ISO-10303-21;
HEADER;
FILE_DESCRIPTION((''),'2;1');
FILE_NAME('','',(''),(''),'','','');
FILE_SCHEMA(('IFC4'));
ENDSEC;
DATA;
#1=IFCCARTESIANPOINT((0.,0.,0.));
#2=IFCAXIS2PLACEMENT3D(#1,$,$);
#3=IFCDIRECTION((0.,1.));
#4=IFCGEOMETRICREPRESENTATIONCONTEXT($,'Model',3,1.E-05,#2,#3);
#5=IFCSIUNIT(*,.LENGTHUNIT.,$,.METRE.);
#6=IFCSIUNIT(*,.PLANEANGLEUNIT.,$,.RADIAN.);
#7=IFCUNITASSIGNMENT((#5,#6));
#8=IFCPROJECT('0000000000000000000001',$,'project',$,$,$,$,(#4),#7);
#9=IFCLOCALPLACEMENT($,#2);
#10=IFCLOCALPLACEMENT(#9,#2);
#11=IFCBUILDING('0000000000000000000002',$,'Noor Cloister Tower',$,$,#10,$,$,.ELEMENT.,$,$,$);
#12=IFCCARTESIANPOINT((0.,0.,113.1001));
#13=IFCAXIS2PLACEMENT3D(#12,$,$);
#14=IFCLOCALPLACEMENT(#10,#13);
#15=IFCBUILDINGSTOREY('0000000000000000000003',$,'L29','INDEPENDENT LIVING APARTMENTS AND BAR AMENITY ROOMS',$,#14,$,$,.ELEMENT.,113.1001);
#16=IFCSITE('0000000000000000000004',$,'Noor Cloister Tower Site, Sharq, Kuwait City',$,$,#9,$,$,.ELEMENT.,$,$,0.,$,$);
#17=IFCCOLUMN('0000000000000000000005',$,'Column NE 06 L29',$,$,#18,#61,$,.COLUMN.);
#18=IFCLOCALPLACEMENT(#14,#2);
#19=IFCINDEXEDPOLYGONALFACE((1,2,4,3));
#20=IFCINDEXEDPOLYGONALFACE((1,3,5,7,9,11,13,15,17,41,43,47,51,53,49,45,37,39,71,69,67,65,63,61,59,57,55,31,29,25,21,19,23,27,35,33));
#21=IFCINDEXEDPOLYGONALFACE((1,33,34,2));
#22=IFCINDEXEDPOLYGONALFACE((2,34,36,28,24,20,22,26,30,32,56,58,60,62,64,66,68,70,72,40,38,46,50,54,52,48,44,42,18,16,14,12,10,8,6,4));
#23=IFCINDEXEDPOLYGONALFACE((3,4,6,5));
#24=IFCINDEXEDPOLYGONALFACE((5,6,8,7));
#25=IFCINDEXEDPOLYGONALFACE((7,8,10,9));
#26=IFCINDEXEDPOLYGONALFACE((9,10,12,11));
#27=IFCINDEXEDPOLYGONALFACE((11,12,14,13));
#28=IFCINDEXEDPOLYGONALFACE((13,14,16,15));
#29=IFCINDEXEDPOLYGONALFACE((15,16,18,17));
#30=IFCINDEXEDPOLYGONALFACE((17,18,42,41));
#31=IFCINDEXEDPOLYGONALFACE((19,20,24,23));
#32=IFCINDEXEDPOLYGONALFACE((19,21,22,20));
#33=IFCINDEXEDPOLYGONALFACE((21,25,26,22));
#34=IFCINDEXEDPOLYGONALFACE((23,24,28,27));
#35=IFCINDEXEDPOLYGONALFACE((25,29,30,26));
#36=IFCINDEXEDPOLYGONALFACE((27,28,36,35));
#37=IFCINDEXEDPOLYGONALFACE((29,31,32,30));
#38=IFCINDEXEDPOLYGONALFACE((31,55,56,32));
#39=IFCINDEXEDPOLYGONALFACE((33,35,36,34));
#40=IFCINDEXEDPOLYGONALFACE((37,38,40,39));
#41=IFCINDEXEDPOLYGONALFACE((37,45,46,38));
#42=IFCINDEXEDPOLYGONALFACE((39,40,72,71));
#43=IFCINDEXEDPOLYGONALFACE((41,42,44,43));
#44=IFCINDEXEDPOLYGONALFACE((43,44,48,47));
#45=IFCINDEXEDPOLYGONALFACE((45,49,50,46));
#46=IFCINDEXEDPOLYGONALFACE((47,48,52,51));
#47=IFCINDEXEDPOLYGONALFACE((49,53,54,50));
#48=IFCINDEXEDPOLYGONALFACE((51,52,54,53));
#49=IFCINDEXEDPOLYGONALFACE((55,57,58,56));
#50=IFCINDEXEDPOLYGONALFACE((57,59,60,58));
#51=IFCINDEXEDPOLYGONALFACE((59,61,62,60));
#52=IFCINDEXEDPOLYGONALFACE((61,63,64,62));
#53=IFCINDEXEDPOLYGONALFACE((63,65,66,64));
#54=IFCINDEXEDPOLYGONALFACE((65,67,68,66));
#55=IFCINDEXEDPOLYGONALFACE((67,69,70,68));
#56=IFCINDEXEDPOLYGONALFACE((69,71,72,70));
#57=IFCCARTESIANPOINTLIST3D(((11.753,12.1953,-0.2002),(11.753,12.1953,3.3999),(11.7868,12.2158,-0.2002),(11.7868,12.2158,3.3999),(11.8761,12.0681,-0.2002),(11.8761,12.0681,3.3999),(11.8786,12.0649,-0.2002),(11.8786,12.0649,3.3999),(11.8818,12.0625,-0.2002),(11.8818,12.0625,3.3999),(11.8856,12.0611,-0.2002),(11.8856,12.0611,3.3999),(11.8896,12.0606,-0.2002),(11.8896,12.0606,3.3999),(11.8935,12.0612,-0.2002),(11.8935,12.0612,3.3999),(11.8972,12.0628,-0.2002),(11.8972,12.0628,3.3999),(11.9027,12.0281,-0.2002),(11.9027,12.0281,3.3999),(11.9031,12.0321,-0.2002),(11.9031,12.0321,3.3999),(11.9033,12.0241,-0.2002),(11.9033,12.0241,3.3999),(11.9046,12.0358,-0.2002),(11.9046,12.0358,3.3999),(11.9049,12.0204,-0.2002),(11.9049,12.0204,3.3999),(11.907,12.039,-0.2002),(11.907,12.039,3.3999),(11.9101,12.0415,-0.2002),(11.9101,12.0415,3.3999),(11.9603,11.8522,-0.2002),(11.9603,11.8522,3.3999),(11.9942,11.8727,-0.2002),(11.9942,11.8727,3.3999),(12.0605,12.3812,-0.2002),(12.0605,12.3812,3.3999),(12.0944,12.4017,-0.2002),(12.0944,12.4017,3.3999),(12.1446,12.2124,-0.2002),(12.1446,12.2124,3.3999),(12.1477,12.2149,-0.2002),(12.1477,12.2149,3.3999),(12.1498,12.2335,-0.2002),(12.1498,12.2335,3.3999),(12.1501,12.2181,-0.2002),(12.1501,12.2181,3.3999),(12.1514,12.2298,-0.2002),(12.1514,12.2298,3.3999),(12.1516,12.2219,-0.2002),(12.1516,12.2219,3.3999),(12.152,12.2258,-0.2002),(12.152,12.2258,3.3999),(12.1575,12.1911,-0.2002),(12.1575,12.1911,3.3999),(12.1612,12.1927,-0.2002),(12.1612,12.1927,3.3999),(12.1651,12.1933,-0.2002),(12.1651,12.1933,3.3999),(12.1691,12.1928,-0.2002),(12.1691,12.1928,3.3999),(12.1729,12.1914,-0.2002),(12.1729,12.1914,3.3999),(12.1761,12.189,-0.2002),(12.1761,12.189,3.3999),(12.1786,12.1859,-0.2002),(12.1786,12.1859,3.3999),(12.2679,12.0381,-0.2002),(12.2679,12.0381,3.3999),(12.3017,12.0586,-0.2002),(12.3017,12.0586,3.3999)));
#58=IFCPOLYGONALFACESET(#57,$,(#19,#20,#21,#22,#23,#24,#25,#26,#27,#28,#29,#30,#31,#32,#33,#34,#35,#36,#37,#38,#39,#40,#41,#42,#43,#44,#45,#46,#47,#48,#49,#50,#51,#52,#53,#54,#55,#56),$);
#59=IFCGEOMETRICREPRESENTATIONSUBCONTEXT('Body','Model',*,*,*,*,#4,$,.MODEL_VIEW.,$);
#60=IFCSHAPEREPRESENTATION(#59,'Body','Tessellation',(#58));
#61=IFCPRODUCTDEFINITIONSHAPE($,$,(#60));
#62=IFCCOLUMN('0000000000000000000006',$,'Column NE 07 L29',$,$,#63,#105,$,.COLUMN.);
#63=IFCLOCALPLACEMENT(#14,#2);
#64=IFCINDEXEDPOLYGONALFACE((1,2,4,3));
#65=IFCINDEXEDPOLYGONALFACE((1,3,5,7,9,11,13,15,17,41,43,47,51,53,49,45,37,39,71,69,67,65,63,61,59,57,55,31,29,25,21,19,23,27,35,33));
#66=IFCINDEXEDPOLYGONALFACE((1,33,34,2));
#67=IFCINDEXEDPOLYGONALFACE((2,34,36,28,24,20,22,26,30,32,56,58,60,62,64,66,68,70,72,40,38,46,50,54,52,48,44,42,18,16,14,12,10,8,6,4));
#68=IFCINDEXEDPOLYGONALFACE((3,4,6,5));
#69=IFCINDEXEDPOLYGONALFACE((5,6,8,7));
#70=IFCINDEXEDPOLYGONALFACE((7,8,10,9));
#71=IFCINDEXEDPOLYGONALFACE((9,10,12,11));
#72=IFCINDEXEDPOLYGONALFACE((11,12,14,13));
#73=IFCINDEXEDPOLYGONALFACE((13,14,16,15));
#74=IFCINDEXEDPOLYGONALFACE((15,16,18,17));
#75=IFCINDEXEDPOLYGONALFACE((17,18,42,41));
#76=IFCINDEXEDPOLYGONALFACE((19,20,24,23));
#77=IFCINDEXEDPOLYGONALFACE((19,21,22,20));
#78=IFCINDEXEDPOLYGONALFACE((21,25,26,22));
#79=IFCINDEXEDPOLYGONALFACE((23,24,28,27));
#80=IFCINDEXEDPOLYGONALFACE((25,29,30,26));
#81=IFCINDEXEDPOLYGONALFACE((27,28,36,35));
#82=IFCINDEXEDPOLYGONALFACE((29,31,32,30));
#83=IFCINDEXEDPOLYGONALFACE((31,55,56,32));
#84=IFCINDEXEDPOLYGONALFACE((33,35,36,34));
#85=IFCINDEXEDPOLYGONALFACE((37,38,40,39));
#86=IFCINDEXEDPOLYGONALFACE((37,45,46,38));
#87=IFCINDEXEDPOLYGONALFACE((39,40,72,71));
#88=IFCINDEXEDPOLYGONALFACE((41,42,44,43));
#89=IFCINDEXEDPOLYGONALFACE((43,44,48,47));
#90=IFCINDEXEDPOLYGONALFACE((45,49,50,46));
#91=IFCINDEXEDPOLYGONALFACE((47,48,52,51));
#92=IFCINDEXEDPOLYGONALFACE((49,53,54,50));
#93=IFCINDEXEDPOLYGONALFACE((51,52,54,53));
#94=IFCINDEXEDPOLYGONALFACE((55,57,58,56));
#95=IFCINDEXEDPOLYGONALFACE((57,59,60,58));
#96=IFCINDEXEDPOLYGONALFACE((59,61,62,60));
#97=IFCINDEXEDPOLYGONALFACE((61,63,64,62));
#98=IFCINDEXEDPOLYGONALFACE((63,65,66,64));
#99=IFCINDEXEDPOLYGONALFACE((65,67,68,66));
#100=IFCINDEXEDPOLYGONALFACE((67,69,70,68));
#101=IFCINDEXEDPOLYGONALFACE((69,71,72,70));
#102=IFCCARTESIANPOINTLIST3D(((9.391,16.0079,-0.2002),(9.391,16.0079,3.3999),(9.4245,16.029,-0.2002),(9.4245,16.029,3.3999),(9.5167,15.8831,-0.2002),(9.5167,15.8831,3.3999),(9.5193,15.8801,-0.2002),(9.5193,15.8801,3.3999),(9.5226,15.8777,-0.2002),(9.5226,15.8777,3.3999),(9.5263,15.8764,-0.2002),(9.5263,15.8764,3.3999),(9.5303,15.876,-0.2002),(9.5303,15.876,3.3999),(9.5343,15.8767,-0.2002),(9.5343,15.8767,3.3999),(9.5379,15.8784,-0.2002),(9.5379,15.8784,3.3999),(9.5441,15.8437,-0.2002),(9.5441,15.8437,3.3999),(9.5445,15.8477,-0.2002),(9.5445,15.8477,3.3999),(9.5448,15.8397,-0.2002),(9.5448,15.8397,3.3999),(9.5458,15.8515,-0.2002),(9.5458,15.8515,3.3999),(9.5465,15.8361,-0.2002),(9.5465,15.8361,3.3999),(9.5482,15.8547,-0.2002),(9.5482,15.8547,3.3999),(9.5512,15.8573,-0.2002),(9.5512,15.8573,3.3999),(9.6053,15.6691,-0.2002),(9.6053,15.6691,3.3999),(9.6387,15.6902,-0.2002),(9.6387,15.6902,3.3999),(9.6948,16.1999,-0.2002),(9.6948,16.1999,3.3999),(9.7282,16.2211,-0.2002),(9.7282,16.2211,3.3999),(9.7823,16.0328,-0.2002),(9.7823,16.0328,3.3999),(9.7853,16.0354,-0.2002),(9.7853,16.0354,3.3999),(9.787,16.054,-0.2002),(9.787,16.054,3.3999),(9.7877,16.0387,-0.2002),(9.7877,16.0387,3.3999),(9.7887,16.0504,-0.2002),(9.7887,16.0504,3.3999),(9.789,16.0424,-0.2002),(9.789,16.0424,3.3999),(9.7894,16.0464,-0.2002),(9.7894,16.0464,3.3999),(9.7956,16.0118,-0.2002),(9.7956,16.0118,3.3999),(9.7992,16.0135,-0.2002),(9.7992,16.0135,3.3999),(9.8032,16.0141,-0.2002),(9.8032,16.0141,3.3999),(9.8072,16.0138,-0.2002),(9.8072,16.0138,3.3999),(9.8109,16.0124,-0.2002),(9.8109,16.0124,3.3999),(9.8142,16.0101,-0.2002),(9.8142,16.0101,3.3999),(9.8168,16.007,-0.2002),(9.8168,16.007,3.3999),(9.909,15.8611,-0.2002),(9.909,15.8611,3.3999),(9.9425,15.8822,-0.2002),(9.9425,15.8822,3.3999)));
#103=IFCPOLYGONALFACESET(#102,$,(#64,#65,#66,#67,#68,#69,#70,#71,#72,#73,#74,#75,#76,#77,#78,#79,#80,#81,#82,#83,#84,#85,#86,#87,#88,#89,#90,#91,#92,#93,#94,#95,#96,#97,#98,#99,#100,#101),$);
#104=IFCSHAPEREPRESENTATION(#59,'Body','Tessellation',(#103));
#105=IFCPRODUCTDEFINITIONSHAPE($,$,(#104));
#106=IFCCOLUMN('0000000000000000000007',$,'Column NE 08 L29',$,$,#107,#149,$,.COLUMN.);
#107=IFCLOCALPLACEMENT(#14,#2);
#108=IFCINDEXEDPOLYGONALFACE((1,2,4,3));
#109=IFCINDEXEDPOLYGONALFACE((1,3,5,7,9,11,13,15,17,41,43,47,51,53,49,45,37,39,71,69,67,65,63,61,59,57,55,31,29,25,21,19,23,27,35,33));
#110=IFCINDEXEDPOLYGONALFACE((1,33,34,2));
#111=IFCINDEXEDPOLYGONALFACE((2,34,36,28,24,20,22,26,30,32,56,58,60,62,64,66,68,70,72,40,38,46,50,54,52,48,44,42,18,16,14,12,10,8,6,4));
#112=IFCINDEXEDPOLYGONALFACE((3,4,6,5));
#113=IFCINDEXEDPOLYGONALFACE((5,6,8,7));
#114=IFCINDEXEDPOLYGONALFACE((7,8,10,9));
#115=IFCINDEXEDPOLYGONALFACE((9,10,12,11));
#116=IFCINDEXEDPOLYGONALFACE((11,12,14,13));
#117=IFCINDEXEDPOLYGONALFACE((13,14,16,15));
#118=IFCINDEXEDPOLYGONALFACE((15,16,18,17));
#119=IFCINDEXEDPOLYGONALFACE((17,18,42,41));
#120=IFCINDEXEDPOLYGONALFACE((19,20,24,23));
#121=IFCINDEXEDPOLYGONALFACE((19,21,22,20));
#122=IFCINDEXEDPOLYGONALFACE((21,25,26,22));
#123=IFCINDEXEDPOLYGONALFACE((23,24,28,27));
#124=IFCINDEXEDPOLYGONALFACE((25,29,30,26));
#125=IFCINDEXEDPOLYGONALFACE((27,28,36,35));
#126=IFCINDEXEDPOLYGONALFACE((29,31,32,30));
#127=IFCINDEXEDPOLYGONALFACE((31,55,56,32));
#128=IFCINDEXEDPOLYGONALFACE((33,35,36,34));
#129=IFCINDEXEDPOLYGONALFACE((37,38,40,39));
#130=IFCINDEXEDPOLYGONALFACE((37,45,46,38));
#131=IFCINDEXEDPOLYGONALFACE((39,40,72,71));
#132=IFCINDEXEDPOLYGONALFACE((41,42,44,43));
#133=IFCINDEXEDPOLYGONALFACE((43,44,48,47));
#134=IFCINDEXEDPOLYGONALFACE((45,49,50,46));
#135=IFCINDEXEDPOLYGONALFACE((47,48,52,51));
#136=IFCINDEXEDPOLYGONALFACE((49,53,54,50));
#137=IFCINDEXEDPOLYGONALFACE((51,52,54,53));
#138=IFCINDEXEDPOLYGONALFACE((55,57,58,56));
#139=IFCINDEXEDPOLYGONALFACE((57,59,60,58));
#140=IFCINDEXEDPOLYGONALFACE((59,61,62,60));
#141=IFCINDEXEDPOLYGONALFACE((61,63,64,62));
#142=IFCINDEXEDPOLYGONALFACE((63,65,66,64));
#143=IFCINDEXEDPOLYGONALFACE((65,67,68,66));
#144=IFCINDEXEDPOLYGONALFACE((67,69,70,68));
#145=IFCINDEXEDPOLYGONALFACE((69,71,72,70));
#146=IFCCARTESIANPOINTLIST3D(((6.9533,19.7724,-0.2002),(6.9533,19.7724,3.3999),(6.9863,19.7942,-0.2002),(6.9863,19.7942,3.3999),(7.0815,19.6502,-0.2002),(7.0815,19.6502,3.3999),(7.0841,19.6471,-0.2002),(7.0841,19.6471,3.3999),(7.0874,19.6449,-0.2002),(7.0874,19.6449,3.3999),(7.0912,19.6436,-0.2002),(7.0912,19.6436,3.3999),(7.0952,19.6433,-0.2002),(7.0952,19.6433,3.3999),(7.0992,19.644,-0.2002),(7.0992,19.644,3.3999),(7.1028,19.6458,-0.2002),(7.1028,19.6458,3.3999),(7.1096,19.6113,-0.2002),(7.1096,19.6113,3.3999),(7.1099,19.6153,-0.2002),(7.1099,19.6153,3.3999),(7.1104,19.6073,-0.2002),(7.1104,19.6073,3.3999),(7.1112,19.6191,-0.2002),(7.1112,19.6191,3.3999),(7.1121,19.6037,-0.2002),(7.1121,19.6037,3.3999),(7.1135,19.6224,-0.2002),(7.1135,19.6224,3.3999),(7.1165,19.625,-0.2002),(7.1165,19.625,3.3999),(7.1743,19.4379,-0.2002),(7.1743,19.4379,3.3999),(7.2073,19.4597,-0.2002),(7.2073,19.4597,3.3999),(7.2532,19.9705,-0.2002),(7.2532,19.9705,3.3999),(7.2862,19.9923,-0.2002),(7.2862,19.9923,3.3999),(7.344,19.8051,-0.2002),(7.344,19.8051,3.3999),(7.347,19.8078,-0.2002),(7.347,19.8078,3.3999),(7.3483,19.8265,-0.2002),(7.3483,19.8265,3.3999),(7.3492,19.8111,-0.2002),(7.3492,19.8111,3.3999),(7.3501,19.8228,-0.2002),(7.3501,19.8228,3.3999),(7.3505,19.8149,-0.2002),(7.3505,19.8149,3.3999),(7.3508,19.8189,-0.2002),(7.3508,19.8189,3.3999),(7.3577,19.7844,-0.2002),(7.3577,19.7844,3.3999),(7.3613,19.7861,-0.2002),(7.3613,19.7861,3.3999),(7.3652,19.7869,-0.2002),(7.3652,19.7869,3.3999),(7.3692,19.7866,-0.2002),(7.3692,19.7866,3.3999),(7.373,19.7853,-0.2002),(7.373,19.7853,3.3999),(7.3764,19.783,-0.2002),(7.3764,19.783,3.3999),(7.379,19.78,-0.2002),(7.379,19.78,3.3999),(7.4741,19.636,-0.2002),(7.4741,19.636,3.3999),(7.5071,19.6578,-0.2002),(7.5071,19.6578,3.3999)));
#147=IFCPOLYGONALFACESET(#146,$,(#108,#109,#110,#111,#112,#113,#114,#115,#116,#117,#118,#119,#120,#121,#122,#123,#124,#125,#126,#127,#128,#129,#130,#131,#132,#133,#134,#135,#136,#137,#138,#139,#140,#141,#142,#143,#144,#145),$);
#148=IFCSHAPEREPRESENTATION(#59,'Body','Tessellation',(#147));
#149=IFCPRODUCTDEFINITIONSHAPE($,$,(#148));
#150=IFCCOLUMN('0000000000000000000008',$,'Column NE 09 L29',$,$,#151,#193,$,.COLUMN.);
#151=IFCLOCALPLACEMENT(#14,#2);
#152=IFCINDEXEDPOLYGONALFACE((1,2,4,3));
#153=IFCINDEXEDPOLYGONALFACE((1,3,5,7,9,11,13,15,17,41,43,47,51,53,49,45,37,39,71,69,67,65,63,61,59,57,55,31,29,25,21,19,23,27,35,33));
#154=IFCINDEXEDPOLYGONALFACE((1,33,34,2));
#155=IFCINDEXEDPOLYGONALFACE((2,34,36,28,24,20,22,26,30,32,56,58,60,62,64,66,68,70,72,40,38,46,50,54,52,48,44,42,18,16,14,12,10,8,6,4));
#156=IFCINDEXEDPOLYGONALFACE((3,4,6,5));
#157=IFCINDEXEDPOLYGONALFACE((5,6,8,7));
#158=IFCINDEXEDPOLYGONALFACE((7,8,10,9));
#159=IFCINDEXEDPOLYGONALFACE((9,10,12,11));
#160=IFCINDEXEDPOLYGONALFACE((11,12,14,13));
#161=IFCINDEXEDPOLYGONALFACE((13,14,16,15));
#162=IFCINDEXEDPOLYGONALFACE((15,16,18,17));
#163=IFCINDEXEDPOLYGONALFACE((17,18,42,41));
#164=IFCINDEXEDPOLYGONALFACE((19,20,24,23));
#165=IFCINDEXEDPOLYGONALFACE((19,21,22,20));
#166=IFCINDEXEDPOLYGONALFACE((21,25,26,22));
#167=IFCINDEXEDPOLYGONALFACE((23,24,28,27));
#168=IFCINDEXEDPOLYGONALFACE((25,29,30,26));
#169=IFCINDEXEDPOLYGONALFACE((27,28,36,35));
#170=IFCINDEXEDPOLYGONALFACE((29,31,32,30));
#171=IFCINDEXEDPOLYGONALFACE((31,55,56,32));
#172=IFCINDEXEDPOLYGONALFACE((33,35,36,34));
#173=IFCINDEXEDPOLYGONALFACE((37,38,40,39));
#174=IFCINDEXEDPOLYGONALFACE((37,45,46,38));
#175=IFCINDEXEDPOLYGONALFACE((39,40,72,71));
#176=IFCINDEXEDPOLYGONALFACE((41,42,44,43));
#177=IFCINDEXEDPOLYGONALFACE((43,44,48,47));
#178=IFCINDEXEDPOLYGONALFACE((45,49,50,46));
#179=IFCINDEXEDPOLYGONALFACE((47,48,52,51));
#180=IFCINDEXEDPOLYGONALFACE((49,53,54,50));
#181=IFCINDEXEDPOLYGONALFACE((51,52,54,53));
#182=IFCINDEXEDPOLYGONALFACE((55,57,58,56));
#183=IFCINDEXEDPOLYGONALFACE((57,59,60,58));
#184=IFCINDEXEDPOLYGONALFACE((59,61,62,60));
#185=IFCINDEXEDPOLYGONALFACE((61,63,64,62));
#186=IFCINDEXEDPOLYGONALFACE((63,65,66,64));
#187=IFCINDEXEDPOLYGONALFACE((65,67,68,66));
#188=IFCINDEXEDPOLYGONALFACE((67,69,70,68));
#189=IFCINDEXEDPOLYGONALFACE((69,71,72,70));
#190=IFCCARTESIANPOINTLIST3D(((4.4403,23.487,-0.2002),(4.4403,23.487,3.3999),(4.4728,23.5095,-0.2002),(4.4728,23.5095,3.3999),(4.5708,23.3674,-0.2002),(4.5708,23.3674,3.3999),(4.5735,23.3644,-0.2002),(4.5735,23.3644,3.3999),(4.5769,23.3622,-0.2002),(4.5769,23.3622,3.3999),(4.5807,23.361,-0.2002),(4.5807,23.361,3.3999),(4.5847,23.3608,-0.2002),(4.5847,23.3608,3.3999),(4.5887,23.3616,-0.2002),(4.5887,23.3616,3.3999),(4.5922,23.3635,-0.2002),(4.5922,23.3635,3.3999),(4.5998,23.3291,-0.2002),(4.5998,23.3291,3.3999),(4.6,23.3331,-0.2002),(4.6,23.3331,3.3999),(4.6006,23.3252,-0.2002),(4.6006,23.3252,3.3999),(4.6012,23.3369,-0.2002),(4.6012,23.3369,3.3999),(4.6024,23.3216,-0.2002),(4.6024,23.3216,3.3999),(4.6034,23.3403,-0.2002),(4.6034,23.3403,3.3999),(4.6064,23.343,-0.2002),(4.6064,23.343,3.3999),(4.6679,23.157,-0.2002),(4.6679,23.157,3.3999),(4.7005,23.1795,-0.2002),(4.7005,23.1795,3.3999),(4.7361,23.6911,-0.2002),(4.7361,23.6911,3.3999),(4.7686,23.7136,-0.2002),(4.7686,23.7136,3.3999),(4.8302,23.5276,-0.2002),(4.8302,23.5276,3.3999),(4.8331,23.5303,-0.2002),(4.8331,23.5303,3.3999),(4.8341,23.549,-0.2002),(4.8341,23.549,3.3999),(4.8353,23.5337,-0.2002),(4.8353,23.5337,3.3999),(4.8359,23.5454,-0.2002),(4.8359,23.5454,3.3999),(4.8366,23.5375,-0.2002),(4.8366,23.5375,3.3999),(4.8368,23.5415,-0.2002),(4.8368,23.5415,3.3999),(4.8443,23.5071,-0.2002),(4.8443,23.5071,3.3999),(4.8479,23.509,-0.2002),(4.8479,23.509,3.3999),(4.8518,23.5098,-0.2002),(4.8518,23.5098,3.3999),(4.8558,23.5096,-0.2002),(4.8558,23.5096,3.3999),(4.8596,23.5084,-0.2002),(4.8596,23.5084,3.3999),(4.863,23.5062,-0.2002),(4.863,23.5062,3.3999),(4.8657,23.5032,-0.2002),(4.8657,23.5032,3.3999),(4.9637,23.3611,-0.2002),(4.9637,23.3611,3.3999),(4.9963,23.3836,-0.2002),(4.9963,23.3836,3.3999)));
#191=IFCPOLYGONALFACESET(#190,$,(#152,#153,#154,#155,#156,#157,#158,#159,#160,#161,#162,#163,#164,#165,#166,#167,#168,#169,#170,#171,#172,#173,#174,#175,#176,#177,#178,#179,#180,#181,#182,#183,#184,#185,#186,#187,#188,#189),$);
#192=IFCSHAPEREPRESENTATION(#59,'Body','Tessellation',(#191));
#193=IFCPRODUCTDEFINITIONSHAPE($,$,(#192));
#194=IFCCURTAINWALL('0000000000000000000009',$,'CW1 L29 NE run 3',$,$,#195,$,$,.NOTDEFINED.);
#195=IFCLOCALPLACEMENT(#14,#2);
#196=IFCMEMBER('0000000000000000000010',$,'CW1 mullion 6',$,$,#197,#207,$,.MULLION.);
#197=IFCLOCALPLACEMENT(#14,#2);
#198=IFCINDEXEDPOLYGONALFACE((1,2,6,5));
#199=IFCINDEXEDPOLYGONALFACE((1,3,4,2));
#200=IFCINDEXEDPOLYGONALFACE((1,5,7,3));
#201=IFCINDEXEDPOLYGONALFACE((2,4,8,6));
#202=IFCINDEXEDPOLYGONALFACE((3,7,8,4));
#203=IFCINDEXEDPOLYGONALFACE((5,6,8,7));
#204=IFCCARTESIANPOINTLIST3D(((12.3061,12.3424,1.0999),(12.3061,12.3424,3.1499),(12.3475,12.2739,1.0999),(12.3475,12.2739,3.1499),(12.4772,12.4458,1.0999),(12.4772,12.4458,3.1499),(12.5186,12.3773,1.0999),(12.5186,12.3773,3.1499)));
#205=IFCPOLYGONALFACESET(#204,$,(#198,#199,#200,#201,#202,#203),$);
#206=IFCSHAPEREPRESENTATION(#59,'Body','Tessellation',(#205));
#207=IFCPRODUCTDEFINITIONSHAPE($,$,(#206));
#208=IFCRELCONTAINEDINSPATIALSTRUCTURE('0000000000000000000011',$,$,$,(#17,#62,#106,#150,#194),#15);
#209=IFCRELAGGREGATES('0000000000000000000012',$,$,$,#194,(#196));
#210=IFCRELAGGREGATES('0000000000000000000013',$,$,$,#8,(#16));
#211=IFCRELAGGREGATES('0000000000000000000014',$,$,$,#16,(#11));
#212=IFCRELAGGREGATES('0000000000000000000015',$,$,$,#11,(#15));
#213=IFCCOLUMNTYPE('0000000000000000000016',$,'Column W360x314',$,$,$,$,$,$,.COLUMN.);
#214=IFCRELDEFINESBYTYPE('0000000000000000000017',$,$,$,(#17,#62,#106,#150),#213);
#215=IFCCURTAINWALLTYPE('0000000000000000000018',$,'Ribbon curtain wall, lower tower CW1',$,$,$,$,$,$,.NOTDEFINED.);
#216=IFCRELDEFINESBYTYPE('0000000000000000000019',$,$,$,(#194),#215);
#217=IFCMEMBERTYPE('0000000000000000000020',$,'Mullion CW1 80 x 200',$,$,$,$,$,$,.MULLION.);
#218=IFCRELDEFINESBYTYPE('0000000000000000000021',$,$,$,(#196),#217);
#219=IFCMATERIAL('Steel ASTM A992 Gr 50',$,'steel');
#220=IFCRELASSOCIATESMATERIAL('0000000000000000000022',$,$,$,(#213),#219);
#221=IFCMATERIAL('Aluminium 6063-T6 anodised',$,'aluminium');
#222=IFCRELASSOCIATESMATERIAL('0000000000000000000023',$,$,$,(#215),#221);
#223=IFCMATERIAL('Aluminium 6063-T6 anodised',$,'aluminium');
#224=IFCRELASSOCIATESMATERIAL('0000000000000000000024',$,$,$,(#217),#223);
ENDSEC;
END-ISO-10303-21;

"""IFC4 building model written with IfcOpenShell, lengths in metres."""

from ifc_helpers import new_model, si_unit, direction, frame, origin, origin_2d, place, context, subcontext, project, spatial, rectangle, i_section, extrude, material, material_profile, profile_set, type_object, element, aggregate, save


model = new_model("IFC4")

# Units and contexts
model_context = context("Model", 3, precision=1e-05, world=origin(), true_north=direction((0.0, 1.0)))
body_context = subcontext(model_context, "Body", "Model", "MODEL_VIEW")
ifc_project = project(units=[si_unit("LENGTHUNIT", "METRE"), si_unit("PLANEANGLEUNIT", "RADIAN")], contexts=[model_context])

# Site, building, storey
site_placement = place(None, origin())
site = spatial("IfcSite", under=ifc_project, at=site_placement, Name="Noor Cloister Tower Site, Sharq, Kuwait City", CompositionType="ELEMENT", RefElevation=0.0)
building_placement = place(site_placement, origin())
building = spatial("IfcBuilding", under=site, at=building_placement, Name="Noor Cloister Tower", CompositionType="ELEMENT")
storey_placement = place(building_placement, frame((0.0, 0.0, 113.1001)))
storey = spatial("IfcBuildingStorey", under=building, at=storey_placement, Name="L29", Description="INDEPENDENT LIVING APARTMENTS AND BAR AMENITY ROOMS", CompositionType="ELEMENT", Elevation=113.1001)

# Columns
ifc_material_1 = material(Name="Steel ASTM A992 Gr 50", Category="steel")
ifc_material_profile_1 = material_profile(ifc_material_1, i_section(OverallWidth=0.4009, OverallDepth=0.3989, WebThickness=0.0249, FlangeThickness=0.0396, FilletRadius=0.0154, at=origin_2d()), Name="W360x314")
ifc_profile_set_1 = profile_set([ifc_material_profile_1], Name="Steel ASTM A992 Gr 50")
column_type = type_object("IfcColumnType", Name="Column W360x314", PredefinedType="COLUMN", material=ifc_profile_set_1)
for number, where, z_axis, x_axis, name in (
    (1, (12.0273, 12.127, -0.2002), (0.0, 0.0, 1.0), (-0.517287, 0.855812, 0.0), "Column NE 06 L29"),
    (2, (9.6667, 15.9451, -0.2002), (0.0, 0.0, 1.0), (-0.534365, 0.845254, 0.0), "Column NE 07 L29"),
    (3, (7.2302, 19.7151, -0.2002), (0.0, 0.0, 1.0), (-0.551228, 0.834355, 0.0), "Column NE 08 L29"),
    (4, (4.7183, 23.4353, -0.2002), (0.0, 0.0, 1.0), (-0.567868, 0.823119, 0.0), "Column NE 09 L29"),
):
    element("IfcColumn", number, at=place(storey_placement, frame(where, z_axis=z_axis, x_axis=x_axis)), inside=storey, type_object=column_type, Name=name, PredefinedType="COLUMN", context=body_context, shape_type="SweptSolid", body=[
        extrude(i_section(OverallWidth=0.4009, OverallDepth=0.3989, WebThickness=0.0249, FlangeThickness=0.0396, FilletRadius=0.0154, at=origin_2d()), origin(), (0.0, 0.0, 1.0), 3.6001),
    ])

# Curtain wall, member
ifc_material_2 = material(Name="Aluminium 6063-T6 anodised", Category="aluminium")
curtain_wall_type = type_object("IfcCurtainWallType", Name="Ribbon curtain wall, lower tower CW1", PredefinedType="NOTDEFINED", material=ifc_material_2)
curtain_wall_placement = place(storey_placement, origin())
curtain_wall = element("IfcCurtainWall", 5, at=curtain_wall_placement, inside=storey, type_object=curtain_wall_type, Name="CW1 L29 NE run 3", PredefinedType="NOTDEFINED")
ifc_material_3 = material(Name="Aluminium 6063-T6 anodised", Category="aluminium")
ifc_material_profile_2 = material_profile(ifc_material_3, rectangle(XDim=0.2, YDim=0.0801, at=origin_2d()), Name="200 x 80 mullion")
ifc_profile_set_2 = profile_set([ifc_material_profile_2], Name="Aluminium 6063-T6 anodised")
member_type = type_object("IfcMemberType", Name="Mullion CW1 80 x 200", PredefinedType="MULLION", material=ifc_profile_set_2)
member_1_placement = place(storey_placement, frame((12.4124, 12.3599, 1.0999), z_axis=(0.0, 0.0, 1.0), x_axis=(-0.855812, -0.517287, 0.0)))
member_1 = element("IfcMember", 6, at=member_1_placement, type_object=member_type, Name="CW1 mullion 6", PredefinedType="MULLION", context=body_context, shape_type="SweptSolid", body=[
    extrude(rectangle(XDim=0.2, YDim=0.0801, at=origin_2d()), origin(), (0.0, 0.0, 1.0), 2.05),
])

aggregate(curtain_wall, [member_1])

save(model, "model.ifc")
